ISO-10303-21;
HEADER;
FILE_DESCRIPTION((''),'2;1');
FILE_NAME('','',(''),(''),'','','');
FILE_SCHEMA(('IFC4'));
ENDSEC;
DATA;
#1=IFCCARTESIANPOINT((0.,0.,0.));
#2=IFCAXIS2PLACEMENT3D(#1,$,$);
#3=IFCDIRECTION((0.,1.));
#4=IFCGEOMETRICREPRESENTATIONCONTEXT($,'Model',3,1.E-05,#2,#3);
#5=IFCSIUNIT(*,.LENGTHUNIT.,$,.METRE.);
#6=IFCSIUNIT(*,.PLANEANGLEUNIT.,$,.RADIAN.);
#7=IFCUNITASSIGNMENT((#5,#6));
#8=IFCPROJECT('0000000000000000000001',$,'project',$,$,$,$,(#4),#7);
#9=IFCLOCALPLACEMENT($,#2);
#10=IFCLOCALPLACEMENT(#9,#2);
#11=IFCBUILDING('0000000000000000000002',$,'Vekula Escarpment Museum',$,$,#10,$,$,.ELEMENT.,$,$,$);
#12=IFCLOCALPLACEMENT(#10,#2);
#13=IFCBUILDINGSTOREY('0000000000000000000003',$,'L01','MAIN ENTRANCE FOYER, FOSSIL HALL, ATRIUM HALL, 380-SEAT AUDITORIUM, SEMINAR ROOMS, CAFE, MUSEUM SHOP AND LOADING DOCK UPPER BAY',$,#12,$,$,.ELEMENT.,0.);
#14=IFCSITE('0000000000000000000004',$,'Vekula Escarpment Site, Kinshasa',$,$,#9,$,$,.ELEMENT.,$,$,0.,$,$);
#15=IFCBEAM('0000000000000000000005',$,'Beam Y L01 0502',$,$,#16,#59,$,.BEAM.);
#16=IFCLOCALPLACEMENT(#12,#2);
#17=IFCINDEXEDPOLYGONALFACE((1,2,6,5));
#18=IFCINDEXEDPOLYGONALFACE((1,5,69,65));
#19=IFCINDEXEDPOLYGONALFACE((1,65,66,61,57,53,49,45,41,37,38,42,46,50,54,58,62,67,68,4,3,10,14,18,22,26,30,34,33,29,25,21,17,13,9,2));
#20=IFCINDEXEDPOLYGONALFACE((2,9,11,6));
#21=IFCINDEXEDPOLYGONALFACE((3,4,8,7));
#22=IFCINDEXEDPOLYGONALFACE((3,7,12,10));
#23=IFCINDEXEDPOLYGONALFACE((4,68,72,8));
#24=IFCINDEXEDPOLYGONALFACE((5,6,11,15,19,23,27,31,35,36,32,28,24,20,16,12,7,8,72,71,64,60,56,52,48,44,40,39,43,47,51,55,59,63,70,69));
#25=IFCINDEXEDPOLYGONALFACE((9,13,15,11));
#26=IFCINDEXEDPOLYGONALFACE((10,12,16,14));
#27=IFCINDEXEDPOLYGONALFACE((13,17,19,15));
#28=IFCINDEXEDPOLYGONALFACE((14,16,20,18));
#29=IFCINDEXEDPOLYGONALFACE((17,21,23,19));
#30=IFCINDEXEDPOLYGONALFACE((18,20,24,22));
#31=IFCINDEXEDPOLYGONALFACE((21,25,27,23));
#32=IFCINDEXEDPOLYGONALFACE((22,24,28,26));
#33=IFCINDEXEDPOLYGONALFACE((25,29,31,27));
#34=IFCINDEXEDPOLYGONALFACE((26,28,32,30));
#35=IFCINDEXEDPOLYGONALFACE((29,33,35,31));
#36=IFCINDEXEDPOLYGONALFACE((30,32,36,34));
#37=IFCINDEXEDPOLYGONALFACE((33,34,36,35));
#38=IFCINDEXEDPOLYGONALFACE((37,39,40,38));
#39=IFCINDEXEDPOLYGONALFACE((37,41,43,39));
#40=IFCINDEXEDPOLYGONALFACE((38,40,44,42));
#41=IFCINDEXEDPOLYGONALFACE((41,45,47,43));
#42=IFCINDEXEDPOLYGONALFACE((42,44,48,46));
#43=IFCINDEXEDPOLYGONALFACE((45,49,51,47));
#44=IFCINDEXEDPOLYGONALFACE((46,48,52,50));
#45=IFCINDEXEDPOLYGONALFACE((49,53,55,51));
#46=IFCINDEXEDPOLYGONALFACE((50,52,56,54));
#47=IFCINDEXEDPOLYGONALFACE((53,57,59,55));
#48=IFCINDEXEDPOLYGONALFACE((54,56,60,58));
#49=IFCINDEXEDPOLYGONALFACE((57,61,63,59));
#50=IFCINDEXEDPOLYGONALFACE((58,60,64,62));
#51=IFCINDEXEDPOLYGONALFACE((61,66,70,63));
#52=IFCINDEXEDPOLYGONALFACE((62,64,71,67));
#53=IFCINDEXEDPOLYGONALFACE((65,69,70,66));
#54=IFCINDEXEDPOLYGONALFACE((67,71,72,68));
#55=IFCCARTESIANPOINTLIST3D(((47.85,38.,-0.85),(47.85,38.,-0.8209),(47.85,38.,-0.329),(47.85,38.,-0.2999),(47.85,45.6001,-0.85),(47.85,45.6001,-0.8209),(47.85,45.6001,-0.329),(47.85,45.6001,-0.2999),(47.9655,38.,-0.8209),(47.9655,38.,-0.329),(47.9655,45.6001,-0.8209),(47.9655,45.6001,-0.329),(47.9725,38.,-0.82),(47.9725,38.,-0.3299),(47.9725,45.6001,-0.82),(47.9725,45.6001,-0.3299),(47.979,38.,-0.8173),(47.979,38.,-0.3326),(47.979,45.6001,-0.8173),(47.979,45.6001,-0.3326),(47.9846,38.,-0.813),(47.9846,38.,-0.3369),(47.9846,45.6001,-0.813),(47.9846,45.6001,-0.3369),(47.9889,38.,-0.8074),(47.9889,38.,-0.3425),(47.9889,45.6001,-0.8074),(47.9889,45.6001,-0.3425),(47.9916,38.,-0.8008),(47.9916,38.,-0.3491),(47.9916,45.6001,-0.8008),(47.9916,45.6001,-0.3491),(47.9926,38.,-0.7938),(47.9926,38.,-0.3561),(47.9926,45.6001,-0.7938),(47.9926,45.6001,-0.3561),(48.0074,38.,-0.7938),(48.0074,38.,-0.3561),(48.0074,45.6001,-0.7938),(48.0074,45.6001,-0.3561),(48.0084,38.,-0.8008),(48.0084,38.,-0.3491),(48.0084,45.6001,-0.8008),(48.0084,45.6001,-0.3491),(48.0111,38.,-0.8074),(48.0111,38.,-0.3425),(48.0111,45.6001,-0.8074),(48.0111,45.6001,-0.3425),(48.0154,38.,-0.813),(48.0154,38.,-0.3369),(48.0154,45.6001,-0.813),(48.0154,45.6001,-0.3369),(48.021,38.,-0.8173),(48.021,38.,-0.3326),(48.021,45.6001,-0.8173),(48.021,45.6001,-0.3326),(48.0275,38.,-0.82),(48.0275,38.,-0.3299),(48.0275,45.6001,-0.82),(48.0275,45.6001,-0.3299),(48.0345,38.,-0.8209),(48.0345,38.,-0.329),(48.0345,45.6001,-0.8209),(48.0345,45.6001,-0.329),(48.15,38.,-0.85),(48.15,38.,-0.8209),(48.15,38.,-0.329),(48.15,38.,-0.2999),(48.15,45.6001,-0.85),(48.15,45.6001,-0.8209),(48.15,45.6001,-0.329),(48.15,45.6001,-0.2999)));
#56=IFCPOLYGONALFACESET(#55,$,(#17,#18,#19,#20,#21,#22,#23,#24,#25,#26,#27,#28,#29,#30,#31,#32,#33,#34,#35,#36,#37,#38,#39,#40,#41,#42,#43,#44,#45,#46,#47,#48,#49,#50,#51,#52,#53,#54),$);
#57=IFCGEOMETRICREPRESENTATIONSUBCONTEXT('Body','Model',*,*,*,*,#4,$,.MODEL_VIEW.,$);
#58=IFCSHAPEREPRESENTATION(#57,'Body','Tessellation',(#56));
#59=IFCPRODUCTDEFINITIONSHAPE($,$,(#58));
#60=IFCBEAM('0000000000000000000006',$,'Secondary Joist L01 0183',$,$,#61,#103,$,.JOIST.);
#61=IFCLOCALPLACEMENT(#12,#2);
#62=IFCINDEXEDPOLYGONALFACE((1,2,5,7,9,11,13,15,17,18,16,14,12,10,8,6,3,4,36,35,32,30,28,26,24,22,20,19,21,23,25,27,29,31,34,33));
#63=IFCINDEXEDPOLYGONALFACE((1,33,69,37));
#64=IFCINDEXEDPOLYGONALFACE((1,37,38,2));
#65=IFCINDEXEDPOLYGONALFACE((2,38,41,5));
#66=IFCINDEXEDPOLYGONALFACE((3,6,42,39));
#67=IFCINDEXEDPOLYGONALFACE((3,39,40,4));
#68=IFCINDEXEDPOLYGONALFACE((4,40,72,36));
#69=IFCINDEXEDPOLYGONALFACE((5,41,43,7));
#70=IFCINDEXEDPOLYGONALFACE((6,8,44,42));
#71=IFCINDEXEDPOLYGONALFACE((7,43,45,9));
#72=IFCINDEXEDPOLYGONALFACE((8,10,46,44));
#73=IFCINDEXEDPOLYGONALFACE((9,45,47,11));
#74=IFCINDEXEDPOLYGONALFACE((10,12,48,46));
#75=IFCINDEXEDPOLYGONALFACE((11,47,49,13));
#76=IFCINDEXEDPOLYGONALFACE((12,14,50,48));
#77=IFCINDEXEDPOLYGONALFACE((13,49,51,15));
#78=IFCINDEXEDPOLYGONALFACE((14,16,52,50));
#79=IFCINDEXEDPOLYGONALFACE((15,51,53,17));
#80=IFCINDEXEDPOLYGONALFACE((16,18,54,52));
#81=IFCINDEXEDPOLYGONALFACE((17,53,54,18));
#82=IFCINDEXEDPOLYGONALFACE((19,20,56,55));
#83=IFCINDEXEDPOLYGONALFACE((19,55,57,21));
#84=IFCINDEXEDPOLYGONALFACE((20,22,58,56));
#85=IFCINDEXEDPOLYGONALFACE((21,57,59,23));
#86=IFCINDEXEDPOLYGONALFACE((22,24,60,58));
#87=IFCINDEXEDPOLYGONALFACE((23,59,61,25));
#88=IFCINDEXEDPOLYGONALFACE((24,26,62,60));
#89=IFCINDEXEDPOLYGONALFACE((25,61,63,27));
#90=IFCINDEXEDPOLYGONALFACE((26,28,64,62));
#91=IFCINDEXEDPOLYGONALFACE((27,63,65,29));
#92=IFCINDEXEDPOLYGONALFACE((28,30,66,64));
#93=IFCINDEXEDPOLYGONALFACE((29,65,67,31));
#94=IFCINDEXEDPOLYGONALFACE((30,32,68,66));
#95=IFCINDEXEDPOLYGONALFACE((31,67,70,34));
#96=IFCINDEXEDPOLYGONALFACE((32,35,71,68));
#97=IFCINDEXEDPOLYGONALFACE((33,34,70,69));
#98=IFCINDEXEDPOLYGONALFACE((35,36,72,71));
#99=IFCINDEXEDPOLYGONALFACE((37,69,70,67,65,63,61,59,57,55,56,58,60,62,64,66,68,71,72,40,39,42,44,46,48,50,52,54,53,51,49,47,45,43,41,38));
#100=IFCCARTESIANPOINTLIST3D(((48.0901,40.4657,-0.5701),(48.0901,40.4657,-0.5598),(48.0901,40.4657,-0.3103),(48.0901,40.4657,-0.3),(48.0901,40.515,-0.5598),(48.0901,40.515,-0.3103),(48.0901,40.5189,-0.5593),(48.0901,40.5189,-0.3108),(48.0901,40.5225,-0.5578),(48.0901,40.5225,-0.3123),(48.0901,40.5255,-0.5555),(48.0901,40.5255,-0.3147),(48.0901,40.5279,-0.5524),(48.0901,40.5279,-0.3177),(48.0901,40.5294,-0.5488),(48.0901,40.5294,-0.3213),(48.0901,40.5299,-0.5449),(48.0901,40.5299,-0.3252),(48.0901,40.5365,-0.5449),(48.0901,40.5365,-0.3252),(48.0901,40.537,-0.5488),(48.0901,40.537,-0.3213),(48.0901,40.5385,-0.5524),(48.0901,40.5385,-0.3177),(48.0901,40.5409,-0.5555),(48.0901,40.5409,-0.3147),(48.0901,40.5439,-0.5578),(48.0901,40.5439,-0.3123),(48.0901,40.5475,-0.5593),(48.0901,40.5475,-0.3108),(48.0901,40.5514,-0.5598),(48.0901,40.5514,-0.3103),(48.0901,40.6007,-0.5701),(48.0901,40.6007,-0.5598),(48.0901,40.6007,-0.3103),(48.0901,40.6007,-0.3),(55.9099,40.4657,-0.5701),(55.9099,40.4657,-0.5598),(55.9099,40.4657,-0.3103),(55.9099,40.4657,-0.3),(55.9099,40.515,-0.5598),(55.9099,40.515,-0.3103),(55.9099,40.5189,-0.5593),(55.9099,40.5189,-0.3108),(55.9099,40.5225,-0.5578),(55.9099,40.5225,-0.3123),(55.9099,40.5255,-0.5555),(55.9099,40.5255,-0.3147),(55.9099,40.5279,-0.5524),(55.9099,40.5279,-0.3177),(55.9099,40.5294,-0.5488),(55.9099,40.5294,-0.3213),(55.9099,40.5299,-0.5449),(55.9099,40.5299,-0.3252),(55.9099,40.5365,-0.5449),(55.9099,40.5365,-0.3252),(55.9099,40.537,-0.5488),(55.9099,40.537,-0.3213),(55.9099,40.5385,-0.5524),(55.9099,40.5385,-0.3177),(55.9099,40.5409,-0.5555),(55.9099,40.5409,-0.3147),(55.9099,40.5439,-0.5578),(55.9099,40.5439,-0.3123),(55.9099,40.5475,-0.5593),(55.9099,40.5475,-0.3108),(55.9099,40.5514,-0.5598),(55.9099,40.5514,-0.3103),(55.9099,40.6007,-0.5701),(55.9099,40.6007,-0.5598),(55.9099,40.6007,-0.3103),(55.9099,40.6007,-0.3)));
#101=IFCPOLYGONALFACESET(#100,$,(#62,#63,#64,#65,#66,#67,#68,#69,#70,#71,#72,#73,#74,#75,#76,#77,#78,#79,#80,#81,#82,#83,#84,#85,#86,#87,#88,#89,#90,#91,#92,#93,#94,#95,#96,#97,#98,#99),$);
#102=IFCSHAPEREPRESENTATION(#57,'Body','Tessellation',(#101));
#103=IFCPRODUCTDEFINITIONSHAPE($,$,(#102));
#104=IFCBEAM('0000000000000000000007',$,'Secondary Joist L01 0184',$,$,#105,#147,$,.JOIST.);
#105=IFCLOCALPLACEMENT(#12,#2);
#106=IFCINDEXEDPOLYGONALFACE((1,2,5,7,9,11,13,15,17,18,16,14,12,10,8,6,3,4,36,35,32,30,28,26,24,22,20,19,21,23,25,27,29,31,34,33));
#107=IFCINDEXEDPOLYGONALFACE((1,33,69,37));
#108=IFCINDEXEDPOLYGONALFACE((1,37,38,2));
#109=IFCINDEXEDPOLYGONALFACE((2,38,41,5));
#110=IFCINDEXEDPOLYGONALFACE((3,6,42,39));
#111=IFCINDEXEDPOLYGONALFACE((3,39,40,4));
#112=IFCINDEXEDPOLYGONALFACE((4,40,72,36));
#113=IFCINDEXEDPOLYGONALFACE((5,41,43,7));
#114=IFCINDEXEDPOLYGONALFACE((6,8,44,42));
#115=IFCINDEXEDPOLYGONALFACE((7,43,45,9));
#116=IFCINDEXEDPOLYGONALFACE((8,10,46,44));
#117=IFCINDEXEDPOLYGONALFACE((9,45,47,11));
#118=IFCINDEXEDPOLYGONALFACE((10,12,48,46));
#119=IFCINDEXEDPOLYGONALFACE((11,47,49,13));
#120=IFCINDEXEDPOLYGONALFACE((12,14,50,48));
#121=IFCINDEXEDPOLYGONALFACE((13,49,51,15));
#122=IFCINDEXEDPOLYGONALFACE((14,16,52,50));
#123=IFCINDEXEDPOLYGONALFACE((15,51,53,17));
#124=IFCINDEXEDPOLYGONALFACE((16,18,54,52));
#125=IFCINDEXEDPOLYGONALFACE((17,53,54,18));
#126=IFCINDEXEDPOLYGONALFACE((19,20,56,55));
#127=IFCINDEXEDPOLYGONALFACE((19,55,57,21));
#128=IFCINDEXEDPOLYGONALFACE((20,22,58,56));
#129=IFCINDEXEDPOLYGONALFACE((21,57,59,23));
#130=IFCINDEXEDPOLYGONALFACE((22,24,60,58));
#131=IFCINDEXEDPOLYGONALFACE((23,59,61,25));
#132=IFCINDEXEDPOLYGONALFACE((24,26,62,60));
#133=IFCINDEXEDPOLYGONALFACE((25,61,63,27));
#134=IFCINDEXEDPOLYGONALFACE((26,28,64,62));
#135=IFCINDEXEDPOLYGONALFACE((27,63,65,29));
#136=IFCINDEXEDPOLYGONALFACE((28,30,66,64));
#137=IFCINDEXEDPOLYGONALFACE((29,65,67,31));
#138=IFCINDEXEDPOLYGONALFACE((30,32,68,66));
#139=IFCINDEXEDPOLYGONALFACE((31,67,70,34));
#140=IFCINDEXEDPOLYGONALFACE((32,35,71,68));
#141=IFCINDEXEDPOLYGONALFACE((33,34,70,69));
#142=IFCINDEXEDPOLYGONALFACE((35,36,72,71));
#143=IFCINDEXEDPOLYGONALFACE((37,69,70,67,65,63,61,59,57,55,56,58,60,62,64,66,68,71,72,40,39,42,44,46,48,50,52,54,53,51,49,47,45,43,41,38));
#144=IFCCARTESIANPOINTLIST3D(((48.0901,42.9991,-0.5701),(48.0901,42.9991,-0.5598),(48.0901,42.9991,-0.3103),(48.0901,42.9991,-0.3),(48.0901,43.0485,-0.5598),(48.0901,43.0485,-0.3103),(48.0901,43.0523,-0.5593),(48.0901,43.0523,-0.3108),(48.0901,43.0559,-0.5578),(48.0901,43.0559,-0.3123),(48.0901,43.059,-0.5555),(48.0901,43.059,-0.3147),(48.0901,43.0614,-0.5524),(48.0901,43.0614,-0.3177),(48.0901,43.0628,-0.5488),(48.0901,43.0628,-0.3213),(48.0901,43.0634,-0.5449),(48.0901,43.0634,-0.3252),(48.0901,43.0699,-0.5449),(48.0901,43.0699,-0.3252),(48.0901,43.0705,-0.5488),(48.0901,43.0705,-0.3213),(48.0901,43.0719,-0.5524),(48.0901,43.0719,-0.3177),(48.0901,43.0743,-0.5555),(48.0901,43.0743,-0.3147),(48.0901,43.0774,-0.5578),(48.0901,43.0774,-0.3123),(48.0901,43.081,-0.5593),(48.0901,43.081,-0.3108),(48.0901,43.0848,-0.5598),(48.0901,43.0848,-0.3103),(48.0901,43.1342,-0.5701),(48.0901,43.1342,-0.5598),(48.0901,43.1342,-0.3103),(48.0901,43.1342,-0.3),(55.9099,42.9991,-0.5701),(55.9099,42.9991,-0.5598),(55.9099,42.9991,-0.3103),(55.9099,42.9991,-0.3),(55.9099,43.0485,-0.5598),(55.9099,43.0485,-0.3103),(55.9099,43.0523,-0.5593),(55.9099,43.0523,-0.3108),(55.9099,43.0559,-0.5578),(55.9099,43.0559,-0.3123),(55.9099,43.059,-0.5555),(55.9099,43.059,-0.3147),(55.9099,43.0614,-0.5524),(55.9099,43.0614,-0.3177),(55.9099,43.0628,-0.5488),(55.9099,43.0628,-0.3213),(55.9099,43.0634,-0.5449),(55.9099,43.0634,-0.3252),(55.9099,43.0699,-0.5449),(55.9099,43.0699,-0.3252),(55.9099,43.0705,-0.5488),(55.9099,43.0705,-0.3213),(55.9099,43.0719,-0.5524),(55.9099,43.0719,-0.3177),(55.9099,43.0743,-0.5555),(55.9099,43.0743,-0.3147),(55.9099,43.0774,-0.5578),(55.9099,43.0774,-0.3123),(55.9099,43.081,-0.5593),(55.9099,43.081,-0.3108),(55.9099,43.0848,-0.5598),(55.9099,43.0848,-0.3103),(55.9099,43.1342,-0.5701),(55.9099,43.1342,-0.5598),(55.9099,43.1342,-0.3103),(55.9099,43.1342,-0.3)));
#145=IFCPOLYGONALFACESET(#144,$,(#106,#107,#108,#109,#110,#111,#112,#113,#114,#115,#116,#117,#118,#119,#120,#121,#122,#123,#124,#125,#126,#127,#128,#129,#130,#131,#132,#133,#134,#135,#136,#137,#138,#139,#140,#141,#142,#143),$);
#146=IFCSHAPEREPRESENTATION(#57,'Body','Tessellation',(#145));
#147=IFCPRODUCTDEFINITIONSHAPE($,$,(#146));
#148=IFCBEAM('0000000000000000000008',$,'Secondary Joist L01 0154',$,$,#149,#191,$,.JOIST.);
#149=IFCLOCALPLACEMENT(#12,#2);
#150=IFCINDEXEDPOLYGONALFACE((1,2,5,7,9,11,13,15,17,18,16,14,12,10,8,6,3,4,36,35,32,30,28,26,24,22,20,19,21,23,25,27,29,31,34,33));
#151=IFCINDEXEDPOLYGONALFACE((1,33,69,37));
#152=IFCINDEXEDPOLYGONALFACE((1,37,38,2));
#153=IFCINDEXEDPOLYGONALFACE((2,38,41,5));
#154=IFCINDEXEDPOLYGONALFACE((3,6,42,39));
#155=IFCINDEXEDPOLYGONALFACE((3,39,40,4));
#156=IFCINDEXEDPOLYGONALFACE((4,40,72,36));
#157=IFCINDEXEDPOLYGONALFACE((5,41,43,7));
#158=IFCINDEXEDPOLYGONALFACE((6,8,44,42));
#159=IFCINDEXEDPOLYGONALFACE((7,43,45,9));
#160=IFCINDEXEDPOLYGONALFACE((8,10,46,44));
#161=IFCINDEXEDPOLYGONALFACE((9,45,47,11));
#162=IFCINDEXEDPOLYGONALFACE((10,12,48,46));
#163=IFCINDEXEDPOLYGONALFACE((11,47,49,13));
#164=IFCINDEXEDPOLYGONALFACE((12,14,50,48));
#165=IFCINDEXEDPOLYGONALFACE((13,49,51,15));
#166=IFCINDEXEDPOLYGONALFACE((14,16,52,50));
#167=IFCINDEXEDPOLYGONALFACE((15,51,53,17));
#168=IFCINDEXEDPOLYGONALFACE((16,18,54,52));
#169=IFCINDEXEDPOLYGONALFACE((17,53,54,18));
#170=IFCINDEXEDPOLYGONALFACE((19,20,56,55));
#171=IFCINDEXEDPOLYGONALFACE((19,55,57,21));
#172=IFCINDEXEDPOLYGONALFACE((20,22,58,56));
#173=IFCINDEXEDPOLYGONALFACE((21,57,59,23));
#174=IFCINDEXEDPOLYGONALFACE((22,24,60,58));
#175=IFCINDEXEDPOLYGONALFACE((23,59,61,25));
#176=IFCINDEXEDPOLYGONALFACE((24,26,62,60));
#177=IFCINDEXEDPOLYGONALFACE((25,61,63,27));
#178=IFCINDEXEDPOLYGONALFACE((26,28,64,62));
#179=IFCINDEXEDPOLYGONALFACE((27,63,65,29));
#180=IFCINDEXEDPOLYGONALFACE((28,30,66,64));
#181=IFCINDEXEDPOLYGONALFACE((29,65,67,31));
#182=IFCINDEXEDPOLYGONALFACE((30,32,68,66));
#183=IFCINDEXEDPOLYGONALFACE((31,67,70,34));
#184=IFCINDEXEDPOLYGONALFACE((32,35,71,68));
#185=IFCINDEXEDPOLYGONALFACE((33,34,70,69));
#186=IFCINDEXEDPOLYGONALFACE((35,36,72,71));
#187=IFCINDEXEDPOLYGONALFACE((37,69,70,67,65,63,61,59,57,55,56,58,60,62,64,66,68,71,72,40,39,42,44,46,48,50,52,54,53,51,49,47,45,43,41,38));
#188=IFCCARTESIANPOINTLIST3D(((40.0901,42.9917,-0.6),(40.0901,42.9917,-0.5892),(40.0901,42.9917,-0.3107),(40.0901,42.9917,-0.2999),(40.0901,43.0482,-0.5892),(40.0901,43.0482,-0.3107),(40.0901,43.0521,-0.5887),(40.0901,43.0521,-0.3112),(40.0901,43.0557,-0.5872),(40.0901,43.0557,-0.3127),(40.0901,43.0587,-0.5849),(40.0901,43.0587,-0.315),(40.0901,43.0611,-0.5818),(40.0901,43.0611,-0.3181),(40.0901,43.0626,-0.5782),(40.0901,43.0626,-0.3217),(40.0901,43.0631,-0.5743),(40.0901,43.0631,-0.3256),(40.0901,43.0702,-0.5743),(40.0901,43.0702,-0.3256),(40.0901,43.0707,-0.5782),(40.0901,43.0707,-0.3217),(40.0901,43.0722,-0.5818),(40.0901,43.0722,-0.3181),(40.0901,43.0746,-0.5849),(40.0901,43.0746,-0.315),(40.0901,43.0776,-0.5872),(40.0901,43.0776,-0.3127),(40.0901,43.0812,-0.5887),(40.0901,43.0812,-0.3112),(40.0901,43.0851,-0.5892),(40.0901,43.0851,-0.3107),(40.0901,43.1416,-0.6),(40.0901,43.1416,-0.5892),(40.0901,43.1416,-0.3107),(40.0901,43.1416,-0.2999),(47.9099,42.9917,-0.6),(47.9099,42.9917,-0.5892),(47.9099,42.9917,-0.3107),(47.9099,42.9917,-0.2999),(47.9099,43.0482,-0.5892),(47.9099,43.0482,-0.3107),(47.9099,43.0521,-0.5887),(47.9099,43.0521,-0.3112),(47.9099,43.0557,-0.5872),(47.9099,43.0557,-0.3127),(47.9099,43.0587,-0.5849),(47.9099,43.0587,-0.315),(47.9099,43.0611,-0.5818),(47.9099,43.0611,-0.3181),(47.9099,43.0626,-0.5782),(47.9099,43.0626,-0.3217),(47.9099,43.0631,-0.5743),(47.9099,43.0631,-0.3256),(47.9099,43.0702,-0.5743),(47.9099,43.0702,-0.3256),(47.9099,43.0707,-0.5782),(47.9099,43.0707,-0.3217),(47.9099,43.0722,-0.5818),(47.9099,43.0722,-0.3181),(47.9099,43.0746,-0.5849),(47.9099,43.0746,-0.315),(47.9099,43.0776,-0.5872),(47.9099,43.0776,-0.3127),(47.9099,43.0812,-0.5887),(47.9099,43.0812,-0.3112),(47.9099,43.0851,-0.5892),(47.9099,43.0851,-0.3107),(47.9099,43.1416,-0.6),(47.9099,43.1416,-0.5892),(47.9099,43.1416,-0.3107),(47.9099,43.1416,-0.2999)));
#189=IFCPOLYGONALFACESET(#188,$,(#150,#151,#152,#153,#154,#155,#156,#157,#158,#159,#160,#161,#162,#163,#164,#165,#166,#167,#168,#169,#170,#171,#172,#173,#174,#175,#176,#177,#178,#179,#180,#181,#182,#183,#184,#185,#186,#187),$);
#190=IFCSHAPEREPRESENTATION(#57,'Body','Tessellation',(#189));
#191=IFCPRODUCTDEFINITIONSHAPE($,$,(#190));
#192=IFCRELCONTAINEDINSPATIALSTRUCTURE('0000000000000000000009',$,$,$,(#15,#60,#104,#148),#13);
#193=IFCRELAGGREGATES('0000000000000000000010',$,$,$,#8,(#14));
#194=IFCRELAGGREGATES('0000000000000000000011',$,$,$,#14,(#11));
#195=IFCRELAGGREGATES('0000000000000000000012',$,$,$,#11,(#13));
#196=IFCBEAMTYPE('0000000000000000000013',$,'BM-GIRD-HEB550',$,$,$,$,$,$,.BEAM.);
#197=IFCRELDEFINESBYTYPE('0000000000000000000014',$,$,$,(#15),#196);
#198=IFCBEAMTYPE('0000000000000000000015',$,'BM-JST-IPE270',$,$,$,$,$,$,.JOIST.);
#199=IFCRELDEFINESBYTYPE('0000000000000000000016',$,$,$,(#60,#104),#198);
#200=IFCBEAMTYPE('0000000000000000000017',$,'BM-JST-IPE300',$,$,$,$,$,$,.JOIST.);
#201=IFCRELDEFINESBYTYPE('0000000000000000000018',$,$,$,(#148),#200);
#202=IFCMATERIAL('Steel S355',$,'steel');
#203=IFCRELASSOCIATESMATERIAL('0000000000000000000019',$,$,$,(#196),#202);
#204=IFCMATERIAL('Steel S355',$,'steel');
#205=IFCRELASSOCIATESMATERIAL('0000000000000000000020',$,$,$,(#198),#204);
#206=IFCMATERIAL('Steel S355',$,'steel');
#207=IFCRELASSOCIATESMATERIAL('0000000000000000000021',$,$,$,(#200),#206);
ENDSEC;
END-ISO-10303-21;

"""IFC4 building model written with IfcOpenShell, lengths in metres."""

from ifc_helpers import new_model, si_unit, direction, frame, origin, origin_2d, place, context, subcontext, project, spatial, i_section, extrude, material, material_profile, profile_set, type_object, element, save


model = new_model("IFC4")

# Units and contexts
model_context = context("Model", 3, precision=1e-05, world=origin(), true_north=direction((0.0, 1.0)))
body_context = subcontext(model_context, "Body", "Model", "MODEL_VIEW")
ifc_project = project(units=[si_unit("LENGTHUNIT", "METRE"), si_unit("PLANEANGLEUNIT", "RADIAN")], contexts=[model_context])

# Site, building, storey
site_placement = place(None, origin())
site = spatial("IfcSite", under=ifc_project, at=site_placement, Name="Vekula Escarpment Site, Kinshasa", CompositionType="ELEMENT", RefElevation=0.0)
building_placement = place(site_placement, origin())
building = spatial("IfcBuilding", under=site, at=building_placement, Name="Vekula Escarpment Museum", CompositionType="ELEMENT")
storey_placement = place(building_placement, origin())
storey = spatial("IfcBuildingStorey", under=building, at=storey_placement, Name="L01", Description="MAIN ENTRANCE FOYER, FOSSIL HALL, ATRIUM HALL, 380-SEAT AUDITORIUM, SEMINAR ROOMS, CAFE, MUSEUM SHOP AND LOADING DOCK UPPER BAY", CompositionType="ELEMENT", Elevation=0.0)

# Beams
ifc_material_1 = material(Name="Steel S355", Category="steel")
ifc_material_profile_1 = material_profile(ifc_material_1, i_section(OverallWidth=0.3, OverallDepth=0.55, WebThickness=0.0149, FlangeThickness=0.0291, FilletRadius=0.0271, at=origin_2d()), Name="HEB 550")
ifc_profile_set_1 = profile_set([ifc_material_profile_1], Name="Steel S355")
beam_type_1 = type_object("IfcBeamType", Name="BM-GIRD-HEB550", PredefinedType="BEAM", material=ifc_profile_set_1)
for number, where, z_axis, x_axis, name in (
    (1, (48.0, 38.0, -0.575), (0.0, 1.0, 0.0), (-1.0, 0.0, 0.0), "Beam Y L01 0502"),
):
    element("IfcBeam", number, at=place(storey_placement, frame(where, z_axis=z_axis, x_axis=x_axis)), inside=storey, type_object=beam_type_1, Name=name, PredefinedType="BEAM", context=body_context, shape_type="SweptSolid", body=[
        extrude(i_section(OverallWidth=0.3, OverallDepth=0.55, WebThickness=0.0149, FlangeThickness=0.0291, FilletRadius=0.0271, at=origin_2d()), origin(), (0.0, 0.0, 1.0), 7.6001),
    ])
ifc_material_2 = material(Name="Steel S355", Category="steel")
ifc_material_profile_2 = material_profile(ifc_material_2, i_section(OverallWidth=0.135, OverallDepth=0.27, WebThickness=0.0066, FlangeThickness=0.0103, FilletRadius=0.0149, at=origin_2d()), Name="IPE 270")
ifc_profile_set_2 = profile_set([ifc_material_profile_2], Name="Steel S355")
beam_type_2 = type_object("IfcBeamType", Name="BM-JST-IPE270", PredefinedType="JOIST", material=ifc_profile_set_2)
for number, where, z_axis, x_axis, name in (
    (2, (48.0901, 40.5332, -0.4351), (1.0, 0.0, 0.0), (0.0, 1.0, 0.0), "Secondary Joist L01 0183"),
    (3, (48.0901, 43.0667, -0.4351), (1.0, 0.0, 0.0), (0.0, 1.0, 0.0), "Secondary Joist L01 0184"),
):
    element("IfcBeam", number, at=place(storey_placement, frame(where, z_axis=z_axis, x_axis=x_axis)), inside=storey, type_object=beam_type_2, Name=name, PredefinedType="JOIST", context=body_context, shape_type="SweptSolid", body=[
        extrude(i_section(OverallWidth=0.135, OverallDepth=0.27, WebThickness=0.0066, FlangeThickness=0.0103, FilletRadius=0.0149, at=origin_2d()), origin(), (0.0, 0.0, 1.0), 7.8198),
    ])
ifc_material_3 = material(Name="Steel S355", Category="steel")
ifc_material_profile_3 = material_profile(ifc_material_3, i_section(OverallWidth=0.1499, OverallDepth=0.3, WebThickness=0.0071, FlangeThickness=0.0107, FilletRadius=0.0149, at=origin_2d()), Name="IPE 300")
ifc_profile_set_3 = profile_set([ifc_material_profile_3], Name="Steel S355")
beam_type_3 = type_object("IfcBeamType", Name="BM-JST-IPE300", PredefinedType="JOIST", material=ifc_profile_set_3)
for number, where, z_axis, x_axis, name in (
    (4, (40.0901, 43.0667, -0.45), (1.0, 0.0, 0.0), (0.0, 1.0, 0.0), "Secondary Joist L01 0154"),
):
    element("IfcBeam", number, at=place(storey_placement, frame(where, z_axis=z_axis, x_axis=x_axis)), inside=storey, type_object=beam_type_3, Name=name, PredefinedType="JOIST", context=body_context, shape_type="SweptSolid", body=[
        extrude(i_section(OverallWidth=0.1499, OverallDepth=0.3, WebThickness=0.0071, FlangeThickness=0.0107, FilletRadius=0.0149, at=origin_2d()), origin(), (0.0, 0.0, 1.0), 7.8198),
    ])

save(model, "model.ifc")
